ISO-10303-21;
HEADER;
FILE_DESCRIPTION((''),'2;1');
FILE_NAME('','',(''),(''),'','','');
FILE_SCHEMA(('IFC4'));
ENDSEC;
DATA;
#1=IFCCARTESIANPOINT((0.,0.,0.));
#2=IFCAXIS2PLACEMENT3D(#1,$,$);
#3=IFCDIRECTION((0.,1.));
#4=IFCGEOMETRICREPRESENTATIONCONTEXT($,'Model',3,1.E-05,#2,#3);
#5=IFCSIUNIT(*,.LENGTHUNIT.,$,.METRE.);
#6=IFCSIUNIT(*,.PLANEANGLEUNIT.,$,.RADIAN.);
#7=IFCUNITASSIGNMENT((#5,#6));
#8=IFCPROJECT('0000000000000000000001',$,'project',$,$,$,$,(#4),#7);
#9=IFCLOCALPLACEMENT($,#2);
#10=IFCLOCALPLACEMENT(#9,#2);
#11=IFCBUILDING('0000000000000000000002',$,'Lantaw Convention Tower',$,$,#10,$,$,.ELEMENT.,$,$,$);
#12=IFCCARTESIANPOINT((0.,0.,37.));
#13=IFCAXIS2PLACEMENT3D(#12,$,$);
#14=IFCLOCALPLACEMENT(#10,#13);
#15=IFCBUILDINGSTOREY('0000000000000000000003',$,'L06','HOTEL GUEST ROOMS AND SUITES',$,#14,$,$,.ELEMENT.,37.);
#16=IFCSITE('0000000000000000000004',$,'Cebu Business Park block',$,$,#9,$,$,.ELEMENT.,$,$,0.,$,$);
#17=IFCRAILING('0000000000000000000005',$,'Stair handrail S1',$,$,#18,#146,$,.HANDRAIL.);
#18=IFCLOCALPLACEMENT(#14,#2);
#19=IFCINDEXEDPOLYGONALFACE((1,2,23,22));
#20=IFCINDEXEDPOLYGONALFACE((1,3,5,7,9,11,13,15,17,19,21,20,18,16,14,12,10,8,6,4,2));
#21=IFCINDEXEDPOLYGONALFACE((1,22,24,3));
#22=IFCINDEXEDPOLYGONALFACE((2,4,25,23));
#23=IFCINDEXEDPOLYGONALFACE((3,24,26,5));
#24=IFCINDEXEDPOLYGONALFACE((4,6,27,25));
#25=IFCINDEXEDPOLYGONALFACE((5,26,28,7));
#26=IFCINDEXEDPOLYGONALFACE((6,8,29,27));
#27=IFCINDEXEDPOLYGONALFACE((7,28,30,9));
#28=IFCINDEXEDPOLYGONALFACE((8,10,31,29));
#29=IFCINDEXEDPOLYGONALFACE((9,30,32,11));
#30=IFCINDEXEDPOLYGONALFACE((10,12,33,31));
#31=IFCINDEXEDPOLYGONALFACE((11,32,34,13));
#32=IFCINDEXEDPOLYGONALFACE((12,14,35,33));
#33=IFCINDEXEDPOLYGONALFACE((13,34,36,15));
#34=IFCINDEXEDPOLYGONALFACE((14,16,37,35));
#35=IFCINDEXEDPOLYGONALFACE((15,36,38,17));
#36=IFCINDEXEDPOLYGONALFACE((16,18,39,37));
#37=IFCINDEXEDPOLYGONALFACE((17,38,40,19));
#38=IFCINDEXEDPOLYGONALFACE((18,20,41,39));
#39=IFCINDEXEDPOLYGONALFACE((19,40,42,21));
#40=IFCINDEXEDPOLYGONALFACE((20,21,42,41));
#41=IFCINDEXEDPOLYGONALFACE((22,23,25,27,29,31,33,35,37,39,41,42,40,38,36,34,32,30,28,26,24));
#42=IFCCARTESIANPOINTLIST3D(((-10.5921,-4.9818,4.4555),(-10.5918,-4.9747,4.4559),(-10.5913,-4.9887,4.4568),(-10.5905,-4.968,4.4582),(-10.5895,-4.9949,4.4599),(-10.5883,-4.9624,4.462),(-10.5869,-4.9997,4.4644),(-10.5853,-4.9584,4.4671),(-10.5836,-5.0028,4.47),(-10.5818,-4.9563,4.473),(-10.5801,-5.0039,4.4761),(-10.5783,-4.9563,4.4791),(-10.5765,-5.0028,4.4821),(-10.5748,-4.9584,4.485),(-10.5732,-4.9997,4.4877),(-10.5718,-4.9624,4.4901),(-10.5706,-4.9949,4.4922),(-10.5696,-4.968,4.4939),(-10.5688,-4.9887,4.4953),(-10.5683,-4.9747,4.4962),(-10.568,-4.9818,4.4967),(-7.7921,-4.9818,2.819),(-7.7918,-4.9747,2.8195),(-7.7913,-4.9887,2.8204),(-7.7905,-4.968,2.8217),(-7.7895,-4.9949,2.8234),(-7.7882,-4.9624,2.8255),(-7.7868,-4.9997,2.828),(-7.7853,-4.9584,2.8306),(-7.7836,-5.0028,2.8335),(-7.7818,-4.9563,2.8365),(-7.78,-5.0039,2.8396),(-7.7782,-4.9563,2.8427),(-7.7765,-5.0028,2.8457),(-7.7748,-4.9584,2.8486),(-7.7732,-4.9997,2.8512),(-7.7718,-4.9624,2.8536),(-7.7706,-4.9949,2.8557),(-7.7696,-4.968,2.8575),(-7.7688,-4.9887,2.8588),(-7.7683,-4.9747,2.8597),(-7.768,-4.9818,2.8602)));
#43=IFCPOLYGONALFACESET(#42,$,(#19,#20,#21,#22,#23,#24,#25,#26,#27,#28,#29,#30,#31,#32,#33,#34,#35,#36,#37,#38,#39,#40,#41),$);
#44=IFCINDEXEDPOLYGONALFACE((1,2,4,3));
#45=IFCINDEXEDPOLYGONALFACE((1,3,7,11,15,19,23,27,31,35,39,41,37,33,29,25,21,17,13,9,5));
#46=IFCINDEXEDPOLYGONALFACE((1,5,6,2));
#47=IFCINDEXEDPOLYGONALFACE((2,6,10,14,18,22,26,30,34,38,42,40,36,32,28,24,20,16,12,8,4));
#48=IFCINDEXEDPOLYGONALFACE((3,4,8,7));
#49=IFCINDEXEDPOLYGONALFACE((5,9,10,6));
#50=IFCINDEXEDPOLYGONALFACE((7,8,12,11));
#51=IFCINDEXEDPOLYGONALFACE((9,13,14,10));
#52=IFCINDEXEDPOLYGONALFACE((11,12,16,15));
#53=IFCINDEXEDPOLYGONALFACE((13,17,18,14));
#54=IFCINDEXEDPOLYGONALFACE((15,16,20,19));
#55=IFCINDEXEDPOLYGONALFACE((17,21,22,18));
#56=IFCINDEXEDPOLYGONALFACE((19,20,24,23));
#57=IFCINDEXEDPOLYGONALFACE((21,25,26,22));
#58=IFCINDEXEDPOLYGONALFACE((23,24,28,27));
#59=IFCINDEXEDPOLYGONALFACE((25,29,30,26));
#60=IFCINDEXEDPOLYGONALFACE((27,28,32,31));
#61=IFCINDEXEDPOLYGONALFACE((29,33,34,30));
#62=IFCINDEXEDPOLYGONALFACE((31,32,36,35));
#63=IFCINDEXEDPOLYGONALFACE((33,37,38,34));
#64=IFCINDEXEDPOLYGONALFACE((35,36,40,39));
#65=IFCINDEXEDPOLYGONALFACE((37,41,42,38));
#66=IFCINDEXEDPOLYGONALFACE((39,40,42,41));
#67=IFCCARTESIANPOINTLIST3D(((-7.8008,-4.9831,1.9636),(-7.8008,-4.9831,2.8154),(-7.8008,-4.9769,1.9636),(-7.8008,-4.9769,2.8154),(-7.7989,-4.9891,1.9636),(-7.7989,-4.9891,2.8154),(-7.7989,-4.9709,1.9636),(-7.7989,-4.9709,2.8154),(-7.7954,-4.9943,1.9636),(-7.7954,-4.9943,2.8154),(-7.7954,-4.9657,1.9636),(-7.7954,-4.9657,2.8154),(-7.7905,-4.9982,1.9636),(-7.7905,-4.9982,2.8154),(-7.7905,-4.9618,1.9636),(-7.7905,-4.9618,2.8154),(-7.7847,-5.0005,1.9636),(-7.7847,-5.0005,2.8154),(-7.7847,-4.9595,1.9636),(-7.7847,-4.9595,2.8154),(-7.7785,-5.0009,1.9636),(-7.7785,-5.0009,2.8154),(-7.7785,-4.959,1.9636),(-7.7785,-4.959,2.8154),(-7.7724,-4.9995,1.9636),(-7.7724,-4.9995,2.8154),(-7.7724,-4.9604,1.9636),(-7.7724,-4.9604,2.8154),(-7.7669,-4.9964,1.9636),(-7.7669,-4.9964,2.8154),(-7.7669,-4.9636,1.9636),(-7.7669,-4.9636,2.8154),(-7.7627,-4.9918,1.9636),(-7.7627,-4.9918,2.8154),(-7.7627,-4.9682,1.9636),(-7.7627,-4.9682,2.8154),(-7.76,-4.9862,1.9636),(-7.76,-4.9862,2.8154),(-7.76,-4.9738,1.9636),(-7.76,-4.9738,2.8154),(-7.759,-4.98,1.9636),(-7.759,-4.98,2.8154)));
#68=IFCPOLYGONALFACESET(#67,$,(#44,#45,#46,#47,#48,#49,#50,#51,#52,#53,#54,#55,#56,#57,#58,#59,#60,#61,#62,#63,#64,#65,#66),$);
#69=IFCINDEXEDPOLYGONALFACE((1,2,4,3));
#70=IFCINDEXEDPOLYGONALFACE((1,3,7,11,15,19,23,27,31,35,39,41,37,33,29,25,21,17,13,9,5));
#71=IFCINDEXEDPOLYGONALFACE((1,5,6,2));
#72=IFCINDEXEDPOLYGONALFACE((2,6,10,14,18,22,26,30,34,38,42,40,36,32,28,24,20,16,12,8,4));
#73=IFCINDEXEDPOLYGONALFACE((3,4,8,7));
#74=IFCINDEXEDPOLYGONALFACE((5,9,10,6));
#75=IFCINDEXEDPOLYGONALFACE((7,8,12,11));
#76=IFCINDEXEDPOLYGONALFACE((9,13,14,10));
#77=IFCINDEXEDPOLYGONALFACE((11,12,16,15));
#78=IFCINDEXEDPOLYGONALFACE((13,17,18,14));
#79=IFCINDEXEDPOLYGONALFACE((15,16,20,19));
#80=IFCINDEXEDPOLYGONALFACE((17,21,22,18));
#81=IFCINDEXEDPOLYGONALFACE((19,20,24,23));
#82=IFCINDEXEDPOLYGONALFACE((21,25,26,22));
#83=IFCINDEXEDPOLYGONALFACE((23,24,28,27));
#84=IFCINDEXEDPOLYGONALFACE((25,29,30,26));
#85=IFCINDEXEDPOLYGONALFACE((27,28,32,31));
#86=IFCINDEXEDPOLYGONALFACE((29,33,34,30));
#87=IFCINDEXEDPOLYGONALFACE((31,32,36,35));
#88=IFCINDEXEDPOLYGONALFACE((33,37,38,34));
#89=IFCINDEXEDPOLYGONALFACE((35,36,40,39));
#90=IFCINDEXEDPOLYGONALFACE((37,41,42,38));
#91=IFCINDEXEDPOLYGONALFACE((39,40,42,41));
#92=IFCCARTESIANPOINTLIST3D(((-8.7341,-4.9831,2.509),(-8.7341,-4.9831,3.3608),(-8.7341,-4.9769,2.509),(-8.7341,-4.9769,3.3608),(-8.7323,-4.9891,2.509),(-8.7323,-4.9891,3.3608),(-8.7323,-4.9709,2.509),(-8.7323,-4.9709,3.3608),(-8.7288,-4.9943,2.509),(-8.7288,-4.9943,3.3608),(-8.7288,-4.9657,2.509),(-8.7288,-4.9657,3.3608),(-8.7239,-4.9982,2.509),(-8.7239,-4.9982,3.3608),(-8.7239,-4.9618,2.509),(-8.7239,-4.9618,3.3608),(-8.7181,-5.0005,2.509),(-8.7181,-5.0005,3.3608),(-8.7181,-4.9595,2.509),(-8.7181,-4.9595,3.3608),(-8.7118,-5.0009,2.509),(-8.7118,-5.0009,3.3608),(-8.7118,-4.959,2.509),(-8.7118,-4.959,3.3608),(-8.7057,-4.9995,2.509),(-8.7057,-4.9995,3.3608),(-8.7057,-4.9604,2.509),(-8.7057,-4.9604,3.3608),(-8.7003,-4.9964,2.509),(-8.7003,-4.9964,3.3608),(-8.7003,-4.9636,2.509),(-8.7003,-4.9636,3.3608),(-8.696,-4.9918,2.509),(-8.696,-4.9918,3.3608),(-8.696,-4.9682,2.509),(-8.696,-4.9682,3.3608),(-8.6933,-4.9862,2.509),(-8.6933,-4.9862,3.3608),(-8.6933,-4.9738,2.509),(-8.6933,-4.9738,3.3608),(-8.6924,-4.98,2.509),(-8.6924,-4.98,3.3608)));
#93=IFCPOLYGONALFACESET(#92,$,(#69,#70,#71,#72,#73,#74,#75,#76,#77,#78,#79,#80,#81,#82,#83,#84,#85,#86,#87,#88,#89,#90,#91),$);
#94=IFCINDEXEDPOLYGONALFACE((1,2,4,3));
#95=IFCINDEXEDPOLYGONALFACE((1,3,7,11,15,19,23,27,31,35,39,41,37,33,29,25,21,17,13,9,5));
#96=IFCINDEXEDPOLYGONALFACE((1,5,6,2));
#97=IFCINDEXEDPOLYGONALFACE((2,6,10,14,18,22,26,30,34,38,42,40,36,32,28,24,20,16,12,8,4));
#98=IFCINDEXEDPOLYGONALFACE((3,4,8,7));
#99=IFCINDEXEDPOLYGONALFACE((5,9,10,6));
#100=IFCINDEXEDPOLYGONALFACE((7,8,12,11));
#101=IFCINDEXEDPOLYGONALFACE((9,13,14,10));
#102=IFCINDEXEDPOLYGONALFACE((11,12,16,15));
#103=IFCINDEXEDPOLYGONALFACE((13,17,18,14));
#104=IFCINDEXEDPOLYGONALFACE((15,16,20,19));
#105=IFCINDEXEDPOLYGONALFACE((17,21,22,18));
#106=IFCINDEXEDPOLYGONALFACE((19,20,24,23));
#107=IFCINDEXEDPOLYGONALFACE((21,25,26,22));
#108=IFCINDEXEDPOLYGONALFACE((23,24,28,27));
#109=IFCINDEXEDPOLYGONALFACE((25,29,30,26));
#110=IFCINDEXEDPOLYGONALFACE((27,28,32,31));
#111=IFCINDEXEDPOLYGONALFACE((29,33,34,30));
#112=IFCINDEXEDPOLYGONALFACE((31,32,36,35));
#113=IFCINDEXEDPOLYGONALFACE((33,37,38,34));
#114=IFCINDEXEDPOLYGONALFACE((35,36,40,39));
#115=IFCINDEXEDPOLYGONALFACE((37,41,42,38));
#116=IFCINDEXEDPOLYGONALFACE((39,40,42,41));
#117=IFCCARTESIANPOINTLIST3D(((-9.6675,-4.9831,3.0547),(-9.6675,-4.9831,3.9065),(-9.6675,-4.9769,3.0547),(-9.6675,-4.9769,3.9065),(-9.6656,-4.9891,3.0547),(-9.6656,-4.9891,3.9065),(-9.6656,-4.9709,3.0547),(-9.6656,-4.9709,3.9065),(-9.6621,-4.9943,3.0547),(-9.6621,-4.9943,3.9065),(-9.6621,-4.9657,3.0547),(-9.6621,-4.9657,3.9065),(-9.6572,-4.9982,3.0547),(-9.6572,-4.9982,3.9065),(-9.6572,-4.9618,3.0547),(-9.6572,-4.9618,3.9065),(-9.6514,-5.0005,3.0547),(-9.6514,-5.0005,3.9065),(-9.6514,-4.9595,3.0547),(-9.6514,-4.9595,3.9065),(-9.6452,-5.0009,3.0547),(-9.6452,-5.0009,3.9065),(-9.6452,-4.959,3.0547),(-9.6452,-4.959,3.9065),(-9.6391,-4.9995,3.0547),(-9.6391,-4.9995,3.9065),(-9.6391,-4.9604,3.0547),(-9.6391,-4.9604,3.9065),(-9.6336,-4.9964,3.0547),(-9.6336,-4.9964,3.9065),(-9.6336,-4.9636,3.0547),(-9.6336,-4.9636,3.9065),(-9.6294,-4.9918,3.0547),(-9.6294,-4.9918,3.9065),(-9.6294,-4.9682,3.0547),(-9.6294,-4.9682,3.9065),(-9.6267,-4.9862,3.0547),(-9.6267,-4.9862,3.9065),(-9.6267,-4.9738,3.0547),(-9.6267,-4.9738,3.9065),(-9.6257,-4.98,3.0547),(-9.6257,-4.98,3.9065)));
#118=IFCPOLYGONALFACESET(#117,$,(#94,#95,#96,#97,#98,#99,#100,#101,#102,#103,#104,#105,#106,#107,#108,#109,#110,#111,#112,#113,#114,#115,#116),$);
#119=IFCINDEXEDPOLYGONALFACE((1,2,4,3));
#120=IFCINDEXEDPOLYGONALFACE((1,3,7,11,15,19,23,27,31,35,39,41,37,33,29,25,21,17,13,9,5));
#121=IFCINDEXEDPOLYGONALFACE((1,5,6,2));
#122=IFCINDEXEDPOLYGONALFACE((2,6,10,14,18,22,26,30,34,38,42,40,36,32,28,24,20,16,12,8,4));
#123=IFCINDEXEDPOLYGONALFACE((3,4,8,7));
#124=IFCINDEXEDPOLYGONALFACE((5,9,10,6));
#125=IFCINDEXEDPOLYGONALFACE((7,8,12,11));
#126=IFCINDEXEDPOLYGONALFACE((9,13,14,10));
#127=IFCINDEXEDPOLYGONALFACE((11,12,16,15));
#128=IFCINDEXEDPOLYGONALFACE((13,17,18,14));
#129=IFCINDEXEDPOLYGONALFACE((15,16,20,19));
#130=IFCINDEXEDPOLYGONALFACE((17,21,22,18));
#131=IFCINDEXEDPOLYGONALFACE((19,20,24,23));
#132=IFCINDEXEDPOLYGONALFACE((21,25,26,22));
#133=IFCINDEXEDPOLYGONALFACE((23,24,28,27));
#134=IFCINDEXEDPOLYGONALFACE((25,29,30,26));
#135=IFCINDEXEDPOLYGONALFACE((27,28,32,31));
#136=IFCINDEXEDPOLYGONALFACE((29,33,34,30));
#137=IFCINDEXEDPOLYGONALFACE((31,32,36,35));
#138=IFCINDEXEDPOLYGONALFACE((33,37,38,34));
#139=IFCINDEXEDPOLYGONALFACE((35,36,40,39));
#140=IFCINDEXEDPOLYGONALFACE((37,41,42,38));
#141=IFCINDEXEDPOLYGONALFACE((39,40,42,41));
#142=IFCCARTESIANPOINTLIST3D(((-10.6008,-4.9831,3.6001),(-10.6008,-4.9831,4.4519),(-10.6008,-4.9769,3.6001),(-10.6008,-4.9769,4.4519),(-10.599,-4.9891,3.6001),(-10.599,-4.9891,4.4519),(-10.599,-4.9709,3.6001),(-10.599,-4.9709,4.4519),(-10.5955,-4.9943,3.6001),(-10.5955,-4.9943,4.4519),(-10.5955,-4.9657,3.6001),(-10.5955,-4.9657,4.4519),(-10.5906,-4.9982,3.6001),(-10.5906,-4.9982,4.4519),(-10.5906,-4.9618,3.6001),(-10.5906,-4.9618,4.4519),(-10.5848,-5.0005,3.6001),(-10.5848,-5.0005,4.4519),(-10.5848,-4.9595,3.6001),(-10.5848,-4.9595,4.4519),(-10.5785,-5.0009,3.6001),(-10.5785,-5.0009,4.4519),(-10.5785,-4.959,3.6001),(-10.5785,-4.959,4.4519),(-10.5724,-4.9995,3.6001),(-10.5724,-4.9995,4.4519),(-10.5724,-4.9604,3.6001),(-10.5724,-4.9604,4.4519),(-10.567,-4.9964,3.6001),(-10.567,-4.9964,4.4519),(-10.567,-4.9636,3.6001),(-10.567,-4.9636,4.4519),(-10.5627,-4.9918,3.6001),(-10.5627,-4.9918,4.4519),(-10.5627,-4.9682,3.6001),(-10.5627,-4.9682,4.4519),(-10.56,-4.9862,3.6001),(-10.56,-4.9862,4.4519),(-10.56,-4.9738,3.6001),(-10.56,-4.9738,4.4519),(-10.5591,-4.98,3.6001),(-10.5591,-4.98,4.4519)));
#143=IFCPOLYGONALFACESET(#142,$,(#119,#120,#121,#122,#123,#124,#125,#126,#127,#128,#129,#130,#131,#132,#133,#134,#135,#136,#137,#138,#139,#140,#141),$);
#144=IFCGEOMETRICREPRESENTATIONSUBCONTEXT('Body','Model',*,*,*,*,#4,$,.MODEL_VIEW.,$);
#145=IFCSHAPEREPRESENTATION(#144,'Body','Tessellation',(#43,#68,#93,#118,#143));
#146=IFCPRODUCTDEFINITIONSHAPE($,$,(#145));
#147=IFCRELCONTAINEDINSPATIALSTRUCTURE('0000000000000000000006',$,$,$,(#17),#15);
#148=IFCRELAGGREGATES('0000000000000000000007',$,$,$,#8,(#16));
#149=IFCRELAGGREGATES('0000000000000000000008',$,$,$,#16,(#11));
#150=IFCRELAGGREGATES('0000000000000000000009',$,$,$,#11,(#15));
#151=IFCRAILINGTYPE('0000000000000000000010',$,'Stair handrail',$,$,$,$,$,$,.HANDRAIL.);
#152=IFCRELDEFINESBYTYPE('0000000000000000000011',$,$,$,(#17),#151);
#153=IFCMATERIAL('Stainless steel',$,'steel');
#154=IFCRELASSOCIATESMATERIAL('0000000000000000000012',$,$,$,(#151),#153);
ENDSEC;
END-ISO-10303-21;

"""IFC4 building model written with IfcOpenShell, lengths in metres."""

from ifc_helpers import new_model, si_unit, direction, frame, origin, origin_2d, place, context, subcontext, project, spatial, circle, extrude, material, type_object, element, save


model = new_model("IFC4")

# Units and contexts
model_context = context("Model", 3, precision=1e-05, world=origin(), true_north=direction((0.0, 1.0)))
body_context = subcontext(model_context, "Body", "Model", "MODEL_VIEW")
ifc_project = project(units=[si_unit("LENGTHUNIT", "METRE"), si_unit("PLANEANGLEUNIT", "RADIAN")], contexts=[model_context])

# Site, building, storey
site_placement = place(None, origin())
site = spatial("IfcSite", under=ifc_project, at=site_placement, Name="Cebu Business Park block", CompositionType="ELEMENT", RefElevation=0.0)
building_placement = place(site_placement, origin())
building = spatial("IfcBuilding", under=site, at=building_placement, Name="Lantaw Convention Tower", CompositionType="ELEMENT")
storey_placement = place(building_placement, frame((0.0, 0.0, 37.0)))
storey = spatial("IfcBuildingStorey", under=building, at=storey_placement, Name="L06", Description="HOTEL GUEST ROOMS AND SUITES", CompositionType="ELEMENT", Elevation=37.0)

# Shared definitions
ifc_material_1 = material(Name="Stainless steel", Category="steel")

# Railing
railing_type = type_object("IfcRailingType", Name="Stair handrail", PredefinedType="HANDRAIL", material=ifc_material_1)
railing_1_placement = place(storey_placement, frame((-7.78, -4.98, 1.9636)))
element("IfcRailing", 1, at=railing_1_placement, inside=storey, type_object=railing_type, Name="Stair handrail S1", PredefinedType="HANDRAIL", context=body_context, shape_type="SweptSolid", body=[
    extrude(circle(Radius=0.0239, at=origin_2d()), frame((0.0, 0.0, 0.876), z_axis=(-0.863361, 0.0, 0.504587), x_axis=(0.0, -1.0, 0.0)), (0.0, 0.0, 1.0), 3.2432),
    extrude(circle(Radius=0.021, at=origin_2d()), origin(), (0.0, 0.0, 1.0), 0.8518),
    extrude(circle(Radius=0.021, at=origin_2d()), frame((-0.9333, 0.0, 0.5454)), (0.0, 0.0, 1.0), 0.8518),
    extrude(circle(Radius=0.021, at=origin_2d()), frame((-1.8667, 0.0, 1.0911)), (0.0, 0.0, 1.0), 0.8518),
    extrude(circle(Radius=0.021, at=origin_2d()), frame((-2.8, 0.0, 1.6365)), (0.0, 0.0, 1.0), 0.8518),
])

save(model, "model.ifc")
